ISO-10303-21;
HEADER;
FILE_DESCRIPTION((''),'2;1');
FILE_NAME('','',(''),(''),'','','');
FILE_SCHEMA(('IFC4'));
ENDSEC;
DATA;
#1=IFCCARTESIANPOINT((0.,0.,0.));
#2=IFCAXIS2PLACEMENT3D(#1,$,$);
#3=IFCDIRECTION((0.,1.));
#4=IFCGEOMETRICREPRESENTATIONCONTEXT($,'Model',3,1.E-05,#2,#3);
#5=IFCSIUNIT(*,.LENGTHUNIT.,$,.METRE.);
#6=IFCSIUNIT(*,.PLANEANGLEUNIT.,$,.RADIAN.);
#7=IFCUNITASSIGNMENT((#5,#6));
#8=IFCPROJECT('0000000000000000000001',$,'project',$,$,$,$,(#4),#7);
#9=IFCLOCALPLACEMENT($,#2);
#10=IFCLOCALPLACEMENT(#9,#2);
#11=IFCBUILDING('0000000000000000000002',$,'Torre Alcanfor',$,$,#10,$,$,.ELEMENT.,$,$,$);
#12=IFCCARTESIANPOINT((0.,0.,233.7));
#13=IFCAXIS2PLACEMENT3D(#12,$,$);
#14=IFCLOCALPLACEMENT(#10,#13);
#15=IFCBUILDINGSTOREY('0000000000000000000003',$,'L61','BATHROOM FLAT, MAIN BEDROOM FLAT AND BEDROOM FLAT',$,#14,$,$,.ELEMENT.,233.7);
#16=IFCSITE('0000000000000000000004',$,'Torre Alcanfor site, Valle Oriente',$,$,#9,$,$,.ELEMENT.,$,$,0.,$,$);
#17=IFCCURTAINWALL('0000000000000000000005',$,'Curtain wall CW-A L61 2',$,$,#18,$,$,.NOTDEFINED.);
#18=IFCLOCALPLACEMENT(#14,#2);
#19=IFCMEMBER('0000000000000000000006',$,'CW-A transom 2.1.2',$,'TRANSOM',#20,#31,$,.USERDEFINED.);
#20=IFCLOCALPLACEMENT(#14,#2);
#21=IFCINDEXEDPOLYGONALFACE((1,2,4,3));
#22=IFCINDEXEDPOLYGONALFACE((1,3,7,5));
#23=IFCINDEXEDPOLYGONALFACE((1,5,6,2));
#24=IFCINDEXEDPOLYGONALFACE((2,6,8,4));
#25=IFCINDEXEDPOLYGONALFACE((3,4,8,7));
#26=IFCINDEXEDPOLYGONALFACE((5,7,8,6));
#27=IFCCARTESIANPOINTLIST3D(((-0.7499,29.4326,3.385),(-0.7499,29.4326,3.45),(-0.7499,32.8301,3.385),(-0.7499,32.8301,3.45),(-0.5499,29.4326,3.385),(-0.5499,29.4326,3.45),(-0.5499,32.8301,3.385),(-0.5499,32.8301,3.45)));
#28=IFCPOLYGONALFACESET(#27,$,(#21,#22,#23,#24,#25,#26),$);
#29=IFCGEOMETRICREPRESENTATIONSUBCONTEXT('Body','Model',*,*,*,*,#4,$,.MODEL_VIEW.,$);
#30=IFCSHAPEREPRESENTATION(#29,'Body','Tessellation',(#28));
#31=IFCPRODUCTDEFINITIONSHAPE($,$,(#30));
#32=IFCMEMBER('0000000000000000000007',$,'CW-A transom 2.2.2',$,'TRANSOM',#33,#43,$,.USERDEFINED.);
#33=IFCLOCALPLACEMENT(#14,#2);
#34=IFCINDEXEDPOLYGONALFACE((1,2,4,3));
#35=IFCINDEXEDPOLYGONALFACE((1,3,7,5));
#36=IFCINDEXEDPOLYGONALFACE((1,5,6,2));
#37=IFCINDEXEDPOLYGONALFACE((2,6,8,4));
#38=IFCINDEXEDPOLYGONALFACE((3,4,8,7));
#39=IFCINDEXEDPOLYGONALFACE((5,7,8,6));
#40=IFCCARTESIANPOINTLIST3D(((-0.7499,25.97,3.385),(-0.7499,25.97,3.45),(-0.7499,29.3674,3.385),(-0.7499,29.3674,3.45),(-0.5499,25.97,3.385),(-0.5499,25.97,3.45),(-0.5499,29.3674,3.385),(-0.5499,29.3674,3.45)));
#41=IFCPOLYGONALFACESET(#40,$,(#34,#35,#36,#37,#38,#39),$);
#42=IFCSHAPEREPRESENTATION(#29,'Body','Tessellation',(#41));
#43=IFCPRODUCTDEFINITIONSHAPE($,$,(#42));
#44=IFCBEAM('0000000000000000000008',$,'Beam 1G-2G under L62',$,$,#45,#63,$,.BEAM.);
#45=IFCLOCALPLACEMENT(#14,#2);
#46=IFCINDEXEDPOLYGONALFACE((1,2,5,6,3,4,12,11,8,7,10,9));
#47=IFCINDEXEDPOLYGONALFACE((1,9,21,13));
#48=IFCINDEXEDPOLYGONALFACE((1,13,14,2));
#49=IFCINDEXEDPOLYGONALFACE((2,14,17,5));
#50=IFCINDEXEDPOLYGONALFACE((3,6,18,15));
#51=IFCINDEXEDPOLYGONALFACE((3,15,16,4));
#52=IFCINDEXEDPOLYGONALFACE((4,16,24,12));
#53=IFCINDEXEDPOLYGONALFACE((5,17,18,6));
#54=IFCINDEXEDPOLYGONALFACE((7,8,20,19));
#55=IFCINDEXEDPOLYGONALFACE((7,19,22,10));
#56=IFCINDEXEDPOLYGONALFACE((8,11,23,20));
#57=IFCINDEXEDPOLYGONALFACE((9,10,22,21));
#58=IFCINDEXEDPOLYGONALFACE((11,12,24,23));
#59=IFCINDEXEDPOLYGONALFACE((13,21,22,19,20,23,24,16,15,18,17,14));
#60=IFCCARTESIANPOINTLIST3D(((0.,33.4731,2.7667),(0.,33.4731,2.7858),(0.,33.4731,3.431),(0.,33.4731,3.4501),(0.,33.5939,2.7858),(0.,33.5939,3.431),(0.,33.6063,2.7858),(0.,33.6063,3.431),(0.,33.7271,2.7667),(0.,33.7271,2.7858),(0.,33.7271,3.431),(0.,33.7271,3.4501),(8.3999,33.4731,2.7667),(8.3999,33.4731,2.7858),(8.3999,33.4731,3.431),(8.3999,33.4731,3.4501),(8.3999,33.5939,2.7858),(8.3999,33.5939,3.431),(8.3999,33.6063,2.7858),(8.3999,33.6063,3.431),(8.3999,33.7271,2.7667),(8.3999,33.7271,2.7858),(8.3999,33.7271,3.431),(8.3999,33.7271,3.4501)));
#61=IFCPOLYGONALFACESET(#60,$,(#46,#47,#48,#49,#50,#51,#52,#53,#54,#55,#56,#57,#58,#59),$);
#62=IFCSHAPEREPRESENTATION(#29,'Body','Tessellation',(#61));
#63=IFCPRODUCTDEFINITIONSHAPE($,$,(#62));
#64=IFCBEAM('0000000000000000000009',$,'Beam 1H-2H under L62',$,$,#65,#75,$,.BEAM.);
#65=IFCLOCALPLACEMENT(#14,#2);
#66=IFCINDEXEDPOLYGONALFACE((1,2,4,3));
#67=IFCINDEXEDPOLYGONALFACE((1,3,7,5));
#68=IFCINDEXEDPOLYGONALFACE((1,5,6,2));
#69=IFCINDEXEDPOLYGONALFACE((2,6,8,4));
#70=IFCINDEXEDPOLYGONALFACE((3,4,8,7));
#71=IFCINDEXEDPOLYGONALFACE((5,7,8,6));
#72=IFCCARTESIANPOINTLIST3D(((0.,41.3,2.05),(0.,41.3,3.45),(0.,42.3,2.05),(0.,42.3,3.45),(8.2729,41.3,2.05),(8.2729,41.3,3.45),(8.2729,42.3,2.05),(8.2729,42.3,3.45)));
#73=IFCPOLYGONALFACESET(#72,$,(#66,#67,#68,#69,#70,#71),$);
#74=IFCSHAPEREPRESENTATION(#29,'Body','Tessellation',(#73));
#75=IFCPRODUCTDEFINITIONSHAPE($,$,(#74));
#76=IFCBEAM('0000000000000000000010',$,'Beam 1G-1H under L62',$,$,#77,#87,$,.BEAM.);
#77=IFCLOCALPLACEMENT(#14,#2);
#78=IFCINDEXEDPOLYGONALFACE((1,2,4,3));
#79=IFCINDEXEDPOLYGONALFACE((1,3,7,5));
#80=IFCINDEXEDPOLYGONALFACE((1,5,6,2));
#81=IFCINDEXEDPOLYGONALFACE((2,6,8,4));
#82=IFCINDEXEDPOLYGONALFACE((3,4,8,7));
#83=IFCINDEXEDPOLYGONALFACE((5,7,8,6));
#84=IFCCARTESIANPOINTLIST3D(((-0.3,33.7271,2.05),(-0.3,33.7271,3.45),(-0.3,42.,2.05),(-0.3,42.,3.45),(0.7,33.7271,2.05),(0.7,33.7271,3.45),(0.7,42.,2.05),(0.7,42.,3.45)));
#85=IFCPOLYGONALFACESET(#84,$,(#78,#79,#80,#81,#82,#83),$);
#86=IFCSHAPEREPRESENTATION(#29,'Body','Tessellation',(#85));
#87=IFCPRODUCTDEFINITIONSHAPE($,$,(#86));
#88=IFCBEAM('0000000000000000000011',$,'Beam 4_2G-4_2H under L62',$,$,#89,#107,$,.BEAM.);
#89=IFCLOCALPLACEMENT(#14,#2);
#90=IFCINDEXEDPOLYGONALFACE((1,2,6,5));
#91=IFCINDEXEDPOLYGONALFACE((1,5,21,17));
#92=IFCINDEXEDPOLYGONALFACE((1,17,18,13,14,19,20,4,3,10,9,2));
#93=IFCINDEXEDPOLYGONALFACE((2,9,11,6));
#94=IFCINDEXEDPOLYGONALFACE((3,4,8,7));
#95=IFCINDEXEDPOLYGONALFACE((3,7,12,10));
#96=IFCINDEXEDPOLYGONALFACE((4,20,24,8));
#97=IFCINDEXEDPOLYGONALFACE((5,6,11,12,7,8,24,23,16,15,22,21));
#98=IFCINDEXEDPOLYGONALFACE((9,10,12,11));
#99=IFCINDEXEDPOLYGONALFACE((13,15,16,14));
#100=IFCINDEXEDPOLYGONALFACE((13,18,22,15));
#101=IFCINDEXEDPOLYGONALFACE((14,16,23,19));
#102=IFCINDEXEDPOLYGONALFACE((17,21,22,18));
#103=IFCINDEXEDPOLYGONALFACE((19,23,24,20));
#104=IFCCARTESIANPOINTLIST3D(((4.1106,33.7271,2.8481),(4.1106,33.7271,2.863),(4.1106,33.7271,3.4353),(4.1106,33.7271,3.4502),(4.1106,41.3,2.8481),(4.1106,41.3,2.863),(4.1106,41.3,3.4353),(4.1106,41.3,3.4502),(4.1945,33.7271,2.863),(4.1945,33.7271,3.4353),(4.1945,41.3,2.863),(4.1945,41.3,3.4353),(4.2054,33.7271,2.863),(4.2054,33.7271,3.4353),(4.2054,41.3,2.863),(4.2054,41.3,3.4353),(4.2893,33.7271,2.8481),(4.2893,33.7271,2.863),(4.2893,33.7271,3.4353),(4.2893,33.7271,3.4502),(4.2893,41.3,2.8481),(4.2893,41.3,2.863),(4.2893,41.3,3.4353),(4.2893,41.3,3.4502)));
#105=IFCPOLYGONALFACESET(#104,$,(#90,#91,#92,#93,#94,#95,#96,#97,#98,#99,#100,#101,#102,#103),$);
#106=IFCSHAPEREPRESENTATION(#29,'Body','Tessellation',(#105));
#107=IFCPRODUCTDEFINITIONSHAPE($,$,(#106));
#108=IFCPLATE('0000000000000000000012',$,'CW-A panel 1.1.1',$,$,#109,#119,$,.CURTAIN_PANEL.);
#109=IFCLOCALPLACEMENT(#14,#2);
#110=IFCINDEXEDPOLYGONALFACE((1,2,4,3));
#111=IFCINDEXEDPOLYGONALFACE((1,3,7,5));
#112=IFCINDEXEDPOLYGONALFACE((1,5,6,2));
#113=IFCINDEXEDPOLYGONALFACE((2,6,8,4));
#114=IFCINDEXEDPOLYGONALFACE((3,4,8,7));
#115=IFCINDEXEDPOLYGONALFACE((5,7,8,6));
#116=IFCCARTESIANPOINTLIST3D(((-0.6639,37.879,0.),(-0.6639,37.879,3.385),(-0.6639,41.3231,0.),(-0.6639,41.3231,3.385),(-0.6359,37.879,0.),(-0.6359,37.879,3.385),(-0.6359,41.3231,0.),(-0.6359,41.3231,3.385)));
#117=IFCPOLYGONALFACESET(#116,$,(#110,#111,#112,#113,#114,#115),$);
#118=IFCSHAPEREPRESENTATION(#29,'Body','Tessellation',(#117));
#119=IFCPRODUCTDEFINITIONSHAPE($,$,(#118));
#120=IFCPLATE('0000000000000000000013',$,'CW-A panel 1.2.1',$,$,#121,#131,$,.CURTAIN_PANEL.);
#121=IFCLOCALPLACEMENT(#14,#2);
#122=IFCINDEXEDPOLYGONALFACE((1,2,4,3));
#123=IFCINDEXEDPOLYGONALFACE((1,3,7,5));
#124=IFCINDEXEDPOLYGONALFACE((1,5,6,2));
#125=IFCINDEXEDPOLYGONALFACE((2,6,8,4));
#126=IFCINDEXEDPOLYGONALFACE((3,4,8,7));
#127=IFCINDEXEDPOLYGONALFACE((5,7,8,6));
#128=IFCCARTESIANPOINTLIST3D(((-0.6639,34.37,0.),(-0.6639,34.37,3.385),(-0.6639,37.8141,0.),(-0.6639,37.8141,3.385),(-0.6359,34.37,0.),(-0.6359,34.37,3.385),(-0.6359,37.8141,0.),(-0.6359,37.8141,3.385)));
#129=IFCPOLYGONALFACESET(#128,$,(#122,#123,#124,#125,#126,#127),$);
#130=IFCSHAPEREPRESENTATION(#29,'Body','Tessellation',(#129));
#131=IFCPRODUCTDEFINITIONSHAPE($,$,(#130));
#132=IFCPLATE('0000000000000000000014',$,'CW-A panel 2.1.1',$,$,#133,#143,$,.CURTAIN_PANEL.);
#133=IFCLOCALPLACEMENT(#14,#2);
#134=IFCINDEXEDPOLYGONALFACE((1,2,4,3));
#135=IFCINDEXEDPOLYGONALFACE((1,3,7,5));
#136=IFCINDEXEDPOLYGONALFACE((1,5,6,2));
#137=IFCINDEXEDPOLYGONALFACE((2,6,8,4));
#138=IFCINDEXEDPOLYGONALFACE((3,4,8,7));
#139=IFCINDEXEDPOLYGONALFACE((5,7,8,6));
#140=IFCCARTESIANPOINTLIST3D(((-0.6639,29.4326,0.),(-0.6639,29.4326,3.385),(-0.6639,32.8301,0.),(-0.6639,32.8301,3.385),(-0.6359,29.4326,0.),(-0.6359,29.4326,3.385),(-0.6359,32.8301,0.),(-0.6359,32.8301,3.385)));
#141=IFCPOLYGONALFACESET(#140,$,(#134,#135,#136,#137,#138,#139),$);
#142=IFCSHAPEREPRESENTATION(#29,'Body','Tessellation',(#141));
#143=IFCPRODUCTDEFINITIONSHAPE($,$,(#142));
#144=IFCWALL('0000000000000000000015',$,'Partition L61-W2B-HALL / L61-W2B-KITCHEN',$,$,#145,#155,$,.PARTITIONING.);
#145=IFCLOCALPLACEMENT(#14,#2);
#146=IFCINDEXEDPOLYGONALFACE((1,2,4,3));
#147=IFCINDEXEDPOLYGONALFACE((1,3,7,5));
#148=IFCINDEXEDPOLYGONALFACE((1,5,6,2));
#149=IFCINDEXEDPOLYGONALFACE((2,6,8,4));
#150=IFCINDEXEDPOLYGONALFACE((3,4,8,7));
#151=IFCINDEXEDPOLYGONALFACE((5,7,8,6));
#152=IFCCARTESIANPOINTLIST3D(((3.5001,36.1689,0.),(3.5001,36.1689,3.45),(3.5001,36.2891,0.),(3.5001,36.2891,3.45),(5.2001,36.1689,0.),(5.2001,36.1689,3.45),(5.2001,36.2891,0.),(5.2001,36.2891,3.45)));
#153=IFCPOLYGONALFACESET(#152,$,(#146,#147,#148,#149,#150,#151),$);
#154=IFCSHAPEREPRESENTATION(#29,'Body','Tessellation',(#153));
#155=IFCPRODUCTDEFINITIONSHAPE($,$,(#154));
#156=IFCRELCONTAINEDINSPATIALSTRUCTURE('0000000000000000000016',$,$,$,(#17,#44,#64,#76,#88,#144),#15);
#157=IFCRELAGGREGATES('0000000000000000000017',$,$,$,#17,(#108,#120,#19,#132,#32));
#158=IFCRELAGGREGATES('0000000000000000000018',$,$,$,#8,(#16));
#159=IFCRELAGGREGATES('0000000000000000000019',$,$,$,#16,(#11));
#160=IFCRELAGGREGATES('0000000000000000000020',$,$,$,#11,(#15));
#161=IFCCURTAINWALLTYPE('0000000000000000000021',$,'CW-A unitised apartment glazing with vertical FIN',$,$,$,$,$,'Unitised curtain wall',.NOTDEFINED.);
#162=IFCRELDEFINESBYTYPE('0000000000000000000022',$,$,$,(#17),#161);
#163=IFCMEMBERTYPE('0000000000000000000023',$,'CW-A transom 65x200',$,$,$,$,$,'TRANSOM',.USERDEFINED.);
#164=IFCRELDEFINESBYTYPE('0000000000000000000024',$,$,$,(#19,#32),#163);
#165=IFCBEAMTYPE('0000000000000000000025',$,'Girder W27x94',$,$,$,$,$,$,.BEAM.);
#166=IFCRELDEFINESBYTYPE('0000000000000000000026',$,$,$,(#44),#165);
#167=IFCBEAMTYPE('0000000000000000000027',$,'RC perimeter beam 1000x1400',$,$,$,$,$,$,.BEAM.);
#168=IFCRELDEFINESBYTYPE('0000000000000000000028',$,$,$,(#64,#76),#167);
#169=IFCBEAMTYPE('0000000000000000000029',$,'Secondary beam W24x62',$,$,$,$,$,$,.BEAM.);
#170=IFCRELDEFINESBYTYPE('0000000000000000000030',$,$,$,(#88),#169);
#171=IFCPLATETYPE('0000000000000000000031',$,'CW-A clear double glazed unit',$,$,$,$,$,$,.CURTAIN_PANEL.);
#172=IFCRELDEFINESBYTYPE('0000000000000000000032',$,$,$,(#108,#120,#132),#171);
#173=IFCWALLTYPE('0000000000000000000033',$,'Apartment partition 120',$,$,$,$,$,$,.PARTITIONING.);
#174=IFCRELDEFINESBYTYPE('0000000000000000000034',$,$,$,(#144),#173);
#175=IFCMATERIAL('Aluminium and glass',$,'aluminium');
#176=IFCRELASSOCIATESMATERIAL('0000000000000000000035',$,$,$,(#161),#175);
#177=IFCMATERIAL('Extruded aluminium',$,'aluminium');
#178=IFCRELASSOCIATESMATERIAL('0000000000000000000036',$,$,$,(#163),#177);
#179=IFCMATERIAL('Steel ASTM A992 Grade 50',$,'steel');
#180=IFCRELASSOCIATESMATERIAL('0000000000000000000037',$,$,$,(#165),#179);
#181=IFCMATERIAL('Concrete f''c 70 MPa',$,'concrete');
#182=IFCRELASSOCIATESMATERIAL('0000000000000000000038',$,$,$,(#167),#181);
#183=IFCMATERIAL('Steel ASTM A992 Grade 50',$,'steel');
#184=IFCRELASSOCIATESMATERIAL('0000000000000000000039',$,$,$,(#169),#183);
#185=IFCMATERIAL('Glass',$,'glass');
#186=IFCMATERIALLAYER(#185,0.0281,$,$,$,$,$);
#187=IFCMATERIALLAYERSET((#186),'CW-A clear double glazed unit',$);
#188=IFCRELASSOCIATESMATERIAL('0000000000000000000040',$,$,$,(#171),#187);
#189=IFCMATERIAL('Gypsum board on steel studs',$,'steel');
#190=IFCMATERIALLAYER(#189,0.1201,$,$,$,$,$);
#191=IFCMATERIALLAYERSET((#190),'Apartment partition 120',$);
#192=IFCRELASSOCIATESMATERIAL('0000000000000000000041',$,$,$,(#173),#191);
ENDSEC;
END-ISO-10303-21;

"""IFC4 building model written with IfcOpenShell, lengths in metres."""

from ifc_helpers import new_model, si_unit, direction, frame, frame_2d, origin, origin_2d, place, context, subcontext, project, spatial, rectangle, i_section, extrude, material, layer, layer_set, material_profile, profile_set, type_object, element, aggregate, save


model = new_model("IFC4")

# Units and contexts
model_context = context("Model", 3, precision=1e-05, world=origin(), true_north=direction((0.0, 1.0)))
body_context = subcontext(model_context, "Body", "Model", "MODEL_VIEW")
ifc_project = project(units=[si_unit("LENGTHUNIT", "METRE"), si_unit("PLANEANGLEUNIT", "RADIAN")], contexts=[model_context])

# Site, building, storey
site_placement = place(None, origin())
site = spatial("IfcSite", under=ifc_project, at=site_placement, Name="Torre Alcanfor site, Valle Oriente", CompositionType="ELEMENT", RefElevation=0.0)
building_placement = place(site_placement, origin())
building = spatial("IfcBuilding", under=site, at=building_placement, Name="Torre Alcanfor", CompositionType="ELEMENT")
storey_placement = place(building_placement, frame((0.0, 0.0, 233.7)))
storey = spatial("IfcBuildingStorey", under=building, at=storey_placement, Name="L61", Description="BATHROOM FLAT, MAIN BEDROOM FLAT AND BEDROOM FLAT", CompositionType="ELEMENT", Elevation=233.7)

# Curtain wall, members
ifc_material_1 = material(Name="Aluminium and glass", Category="aluminium")
curtain_wall_type = type_object("IfcCurtainWallType", Name="CW-A unitised apartment glazing with vertical FIN", ElementType="Unitised curtain wall", PredefinedType="NOTDEFINED", material=ifc_material_1)
curtain_wall_placement = place(storey_placement, origin())
curtain_wall = element("IfcCurtainWall", 1, at=curtain_wall_placement, inside=storey, type_object=curtain_wall_type, Name="Curtain wall CW-A L61 2", PredefinedType="NOTDEFINED")
ifc_material_2 = material(Name="Extruded aluminium", Category="aluminium")
ifc_material_profile_1 = material_profile(ifc_material_2, rectangle(XDim=0.2, YDim=0.0649, at=origin_2d()), Name="CW-A transom 200x65")
ifc_profile_set_1 = profile_set([ifc_material_profile_1], Name="Extruded aluminium")
member_type_1 = type_object("IfcMemberType", Name="CW-A transom 65x200", ElementType="TRANSOM", PredefinedType="USERDEFINED", material=ifc_profile_set_1)
member_1_placement = place(storey_placement, frame((-0.6499, 32.8301, 3.4175), z_axis=(0.0, -1.0, 0.0), x_axis=(1.0, 0.0, 0.0)))
member_1 = element("IfcMember", 2, at=member_1_placement, type_object=member_type_1, Name="CW-A transom 2.1.2", ObjectType="TRANSOM", PredefinedType="USERDEFINED", context=body_context, shape_type="SweptSolid", body=[
    extrude(rectangle(XDim=0.2, YDim=0.0649, at=origin_2d()), origin(), (0.0, 0.0, 1.0), 3.3975),
])
member_2_placement = place(storey_placement, frame((-0.6499, 29.3674, 3.4175), z_axis=(0.0, -1.0, 0.0), x_axis=(1.0, 0.0, 0.0)))
member_2 = element("IfcMember", 3, at=member_2_placement, type_object=member_type_1, Name="CW-A transom 2.2.2", ObjectType="TRANSOM", PredefinedType="USERDEFINED", context=body_context, shape_type="SweptSolid", body=[
    extrude(rectangle(XDim=0.2, YDim=0.0649, at=origin_2d()), origin(), (0.0, 0.0, 1.0), 3.3975),
])

# Beams
ifc_material_3 = material(Name="Steel ASTM A992 Grade 50", Category="steel")
ifc_material_profile_2 = material_profile(ifc_material_3, i_section(OverallWidth=0.2539, OverallDepth=0.6833, WebThickness=0.0125, FlangeThickness=0.019, at=origin_2d()), Name="W27x94")
ifc_profile_set_2 = profile_set([ifc_material_profile_2], Name="Steel ASTM A992 Grade 50")
beam_type_1 = type_object("IfcBeamType", Name="Girder W27x94", PredefinedType="BEAM", material=ifc_profile_set_2)
beam_1_placement = place(storey_placement, frame((0.0, 33.6001, 3.1084), z_axis=(1.0, 0.0, 0.0), x_axis=(0.0, 1.0, 0.0)))
element("IfcBeam", 4, at=beam_1_placement, inside=storey, type_object=beam_type_1, Name="Beam 1G-2G under L62", PredefinedType="BEAM", context=body_context, shape_type="SweptSolid", body=[
    extrude(i_section(OverallWidth=0.2539, OverallDepth=0.6833, WebThickness=0.0125, FlangeThickness=0.019, at=origin_2d()), origin(), (0.0, 0.0, 1.0), 8.3999),
])
ifc_material_4 = material(Name="Concrete f'c 70 MPa", Category="concrete")
ifc_material_profile_3 = material_profile(ifc_material_4, rectangle(XDim=1.0, YDim=1.3999, at=origin_2d()), Name="1000x1400")
ifc_profile_set_3 = profile_set([ifc_material_profile_3], Name="Concrete f'c 70 MPa")
beam_type_2 = type_object("IfcBeamType", Name="RC perimeter beam 1000x1400", PredefinedType="BEAM", material=ifc_profile_set_3)
for number, where, z_axis, x_axis, name in (
    (5, (0.0, 41.8, 2.75), (1.0, 0.0, 0.0), (0.0, 1.0, 0.0), "Beam 1H-2H under L62"),
    (6, (0.2, 33.7271, 2.75), (0.0, 1.0, 0.0), (-1.0, 0.0, 0.0), "Beam 1G-1H under L62"),
):
    element("IfcBeam", number, at=place(storey_placement, frame(where, z_axis=z_axis, x_axis=x_axis)), inside=storey, type_object=beam_type_2, Name=name, PredefinedType="BEAM", context=body_context, shape_type="SweptSolid", body=[
        extrude(rectangle(XDim=1.0, YDim=1.3999, at=origin_2d()), origin(), (0.0, 0.0, 1.0), 8.2729),
    ])
ifc_material_5 = material(Name="Steel ASTM A992 Grade 50", Category="steel")
ifc_material_profile_4 = material_profile(ifc_material_5, i_section(OverallWidth=0.1787, OverallDepth=0.6021, WebThickness=0.011, FlangeThickness=0.0149, at=origin_2d()), Name="W24x62")
ifc_profile_set_4 = profile_set([ifc_material_profile_4], Name="Steel ASTM A992 Grade 50")
beam_type_3 = type_object("IfcBeamType", Name="Secondary beam W24x62", PredefinedType="BEAM", material=ifc_profile_set_4)
beam_2_placement = place(storey_placement, frame((4.2, 33.7271, 3.1492), z_axis=(0.0, 1.0, 0.0), x_axis=(-1.0, 0.0, 0.0)))
element("IfcBeam", 7, at=beam_2_placement, inside=storey, type_object=beam_type_3, Name="Beam 4_2G-4_2H under L62", PredefinedType="BEAM", context=body_context, shape_type="SweptSolid", body=[
    extrude(i_section(OverallWidth=0.1787, OverallDepth=0.6021, WebThickness=0.011, FlangeThickness=0.0149, at=origin_2d()), origin(), (0.0, 0.0, 1.0), 7.573),
])

# Plates
ifc_material_6 = material(Name="Glass", Category="glass")
ifc_layer_1 = layer(ifc_material_6, 0.0281)
ifc_layer_set_1 = layer_set([ifc_layer_1], Name="CW-A clear double glazed unit")
plate_type = type_object("IfcPlateType", Name="CW-A clear double glazed unit", PredefinedType="CURTAIN_PANEL", material=ifc_layer_set_1)
plate_1_placement = place(storey_placement, frame((-0.6499, 39.6011, 0.0), z_axis=(0.0, 0.0, 1.0), x_axis=(0.0, -1.0, 0.0)))
plate_1 = element("IfcPlate", 8, at=plate_1_placement, type_object=plate_type, Name="CW-A panel 1.1.1", PredefinedType="CURTAIN_PANEL", context=body_context, shape_type="SweptSolid", body=[
    extrude(rectangle(XDim=3.4441, YDim=0.0281, at=origin_2d()), origin(), (0.0, 0.0, 1.0), 3.385),
])
plate_2_placement = place(storey_placement, frame((-0.6499, 36.092, 0.0), z_axis=(0.0, 0.0, 1.0), x_axis=(0.0, -1.0, 0.0)))
plate_2 = element("IfcPlate", 9, at=plate_2_placement, type_object=plate_type, Name="CW-A panel 1.2.1", PredefinedType="CURTAIN_PANEL", context=body_context, shape_type="SweptSolid", body=[
    extrude(rectangle(XDim=3.4441, YDim=0.0281, at=origin_2d()), origin(), (0.0, 0.0, 1.0), 3.385),
])
plate_3_placement = place(storey_placement, frame((-0.6499, 31.1313, 0.0), z_axis=(0.0, 0.0, 1.0), x_axis=(0.0, -1.0, 0.0)))
plate_3 = element("IfcPlate", 10, at=plate_3_placement, type_object=plate_type, Name="CW-A panel 2.1.1", PredefinedType="CURTAIN_PANEL", context=body_context, shape_type="SweptSolid", body=[
    extrude(rectangle(XDim=3.3975, YDim=0.0281, at=origin_2d()), origin(), (0.0, 0.0, 1.0), 3.385),
])
aggregate(curtain_wall, [plate_1, plate_2, member_1, plate_3, member_2])

# Wall
ifc_material_7 = material(Name="Gypsum board on steel studs", Category="steel")
ifc_layer_2 = layer(ifc_material_7, 0.1201)
ifc_layer_set_2 = layer_set([ifc_layer_2], Name="Apartment partition 120")
wall_type_1 = type_object("IfcWallType", Name="Apartment partition 120", PredefinedType="PARTITIONING", material=ifc_layer_set_2)
wall_1_placement = place(storey_placement, frame((3.5, 36.229, 0.0), z_axis=(0.0, 0.0, 1.0), x_axis=(1.0, 0.0, 0.0)))
element("IfcWall", 11, at=wall_1_placement, inside=storey, type_object=wall_type_1, Name="Partition L61-W2B-HALL / L61-W2B-KITCHEN", PredefinedType="PARTITIONING", context=body_context, shape_type="SweptSolid", body=[
    extrude(rectangle(XDim=1.7, YDim=0.1201, at=frame_2d((0.8501, 0.0))), origin(), (0.0, 0.0, 1.0), 3.45),
])

save(model, "model.ifc")
